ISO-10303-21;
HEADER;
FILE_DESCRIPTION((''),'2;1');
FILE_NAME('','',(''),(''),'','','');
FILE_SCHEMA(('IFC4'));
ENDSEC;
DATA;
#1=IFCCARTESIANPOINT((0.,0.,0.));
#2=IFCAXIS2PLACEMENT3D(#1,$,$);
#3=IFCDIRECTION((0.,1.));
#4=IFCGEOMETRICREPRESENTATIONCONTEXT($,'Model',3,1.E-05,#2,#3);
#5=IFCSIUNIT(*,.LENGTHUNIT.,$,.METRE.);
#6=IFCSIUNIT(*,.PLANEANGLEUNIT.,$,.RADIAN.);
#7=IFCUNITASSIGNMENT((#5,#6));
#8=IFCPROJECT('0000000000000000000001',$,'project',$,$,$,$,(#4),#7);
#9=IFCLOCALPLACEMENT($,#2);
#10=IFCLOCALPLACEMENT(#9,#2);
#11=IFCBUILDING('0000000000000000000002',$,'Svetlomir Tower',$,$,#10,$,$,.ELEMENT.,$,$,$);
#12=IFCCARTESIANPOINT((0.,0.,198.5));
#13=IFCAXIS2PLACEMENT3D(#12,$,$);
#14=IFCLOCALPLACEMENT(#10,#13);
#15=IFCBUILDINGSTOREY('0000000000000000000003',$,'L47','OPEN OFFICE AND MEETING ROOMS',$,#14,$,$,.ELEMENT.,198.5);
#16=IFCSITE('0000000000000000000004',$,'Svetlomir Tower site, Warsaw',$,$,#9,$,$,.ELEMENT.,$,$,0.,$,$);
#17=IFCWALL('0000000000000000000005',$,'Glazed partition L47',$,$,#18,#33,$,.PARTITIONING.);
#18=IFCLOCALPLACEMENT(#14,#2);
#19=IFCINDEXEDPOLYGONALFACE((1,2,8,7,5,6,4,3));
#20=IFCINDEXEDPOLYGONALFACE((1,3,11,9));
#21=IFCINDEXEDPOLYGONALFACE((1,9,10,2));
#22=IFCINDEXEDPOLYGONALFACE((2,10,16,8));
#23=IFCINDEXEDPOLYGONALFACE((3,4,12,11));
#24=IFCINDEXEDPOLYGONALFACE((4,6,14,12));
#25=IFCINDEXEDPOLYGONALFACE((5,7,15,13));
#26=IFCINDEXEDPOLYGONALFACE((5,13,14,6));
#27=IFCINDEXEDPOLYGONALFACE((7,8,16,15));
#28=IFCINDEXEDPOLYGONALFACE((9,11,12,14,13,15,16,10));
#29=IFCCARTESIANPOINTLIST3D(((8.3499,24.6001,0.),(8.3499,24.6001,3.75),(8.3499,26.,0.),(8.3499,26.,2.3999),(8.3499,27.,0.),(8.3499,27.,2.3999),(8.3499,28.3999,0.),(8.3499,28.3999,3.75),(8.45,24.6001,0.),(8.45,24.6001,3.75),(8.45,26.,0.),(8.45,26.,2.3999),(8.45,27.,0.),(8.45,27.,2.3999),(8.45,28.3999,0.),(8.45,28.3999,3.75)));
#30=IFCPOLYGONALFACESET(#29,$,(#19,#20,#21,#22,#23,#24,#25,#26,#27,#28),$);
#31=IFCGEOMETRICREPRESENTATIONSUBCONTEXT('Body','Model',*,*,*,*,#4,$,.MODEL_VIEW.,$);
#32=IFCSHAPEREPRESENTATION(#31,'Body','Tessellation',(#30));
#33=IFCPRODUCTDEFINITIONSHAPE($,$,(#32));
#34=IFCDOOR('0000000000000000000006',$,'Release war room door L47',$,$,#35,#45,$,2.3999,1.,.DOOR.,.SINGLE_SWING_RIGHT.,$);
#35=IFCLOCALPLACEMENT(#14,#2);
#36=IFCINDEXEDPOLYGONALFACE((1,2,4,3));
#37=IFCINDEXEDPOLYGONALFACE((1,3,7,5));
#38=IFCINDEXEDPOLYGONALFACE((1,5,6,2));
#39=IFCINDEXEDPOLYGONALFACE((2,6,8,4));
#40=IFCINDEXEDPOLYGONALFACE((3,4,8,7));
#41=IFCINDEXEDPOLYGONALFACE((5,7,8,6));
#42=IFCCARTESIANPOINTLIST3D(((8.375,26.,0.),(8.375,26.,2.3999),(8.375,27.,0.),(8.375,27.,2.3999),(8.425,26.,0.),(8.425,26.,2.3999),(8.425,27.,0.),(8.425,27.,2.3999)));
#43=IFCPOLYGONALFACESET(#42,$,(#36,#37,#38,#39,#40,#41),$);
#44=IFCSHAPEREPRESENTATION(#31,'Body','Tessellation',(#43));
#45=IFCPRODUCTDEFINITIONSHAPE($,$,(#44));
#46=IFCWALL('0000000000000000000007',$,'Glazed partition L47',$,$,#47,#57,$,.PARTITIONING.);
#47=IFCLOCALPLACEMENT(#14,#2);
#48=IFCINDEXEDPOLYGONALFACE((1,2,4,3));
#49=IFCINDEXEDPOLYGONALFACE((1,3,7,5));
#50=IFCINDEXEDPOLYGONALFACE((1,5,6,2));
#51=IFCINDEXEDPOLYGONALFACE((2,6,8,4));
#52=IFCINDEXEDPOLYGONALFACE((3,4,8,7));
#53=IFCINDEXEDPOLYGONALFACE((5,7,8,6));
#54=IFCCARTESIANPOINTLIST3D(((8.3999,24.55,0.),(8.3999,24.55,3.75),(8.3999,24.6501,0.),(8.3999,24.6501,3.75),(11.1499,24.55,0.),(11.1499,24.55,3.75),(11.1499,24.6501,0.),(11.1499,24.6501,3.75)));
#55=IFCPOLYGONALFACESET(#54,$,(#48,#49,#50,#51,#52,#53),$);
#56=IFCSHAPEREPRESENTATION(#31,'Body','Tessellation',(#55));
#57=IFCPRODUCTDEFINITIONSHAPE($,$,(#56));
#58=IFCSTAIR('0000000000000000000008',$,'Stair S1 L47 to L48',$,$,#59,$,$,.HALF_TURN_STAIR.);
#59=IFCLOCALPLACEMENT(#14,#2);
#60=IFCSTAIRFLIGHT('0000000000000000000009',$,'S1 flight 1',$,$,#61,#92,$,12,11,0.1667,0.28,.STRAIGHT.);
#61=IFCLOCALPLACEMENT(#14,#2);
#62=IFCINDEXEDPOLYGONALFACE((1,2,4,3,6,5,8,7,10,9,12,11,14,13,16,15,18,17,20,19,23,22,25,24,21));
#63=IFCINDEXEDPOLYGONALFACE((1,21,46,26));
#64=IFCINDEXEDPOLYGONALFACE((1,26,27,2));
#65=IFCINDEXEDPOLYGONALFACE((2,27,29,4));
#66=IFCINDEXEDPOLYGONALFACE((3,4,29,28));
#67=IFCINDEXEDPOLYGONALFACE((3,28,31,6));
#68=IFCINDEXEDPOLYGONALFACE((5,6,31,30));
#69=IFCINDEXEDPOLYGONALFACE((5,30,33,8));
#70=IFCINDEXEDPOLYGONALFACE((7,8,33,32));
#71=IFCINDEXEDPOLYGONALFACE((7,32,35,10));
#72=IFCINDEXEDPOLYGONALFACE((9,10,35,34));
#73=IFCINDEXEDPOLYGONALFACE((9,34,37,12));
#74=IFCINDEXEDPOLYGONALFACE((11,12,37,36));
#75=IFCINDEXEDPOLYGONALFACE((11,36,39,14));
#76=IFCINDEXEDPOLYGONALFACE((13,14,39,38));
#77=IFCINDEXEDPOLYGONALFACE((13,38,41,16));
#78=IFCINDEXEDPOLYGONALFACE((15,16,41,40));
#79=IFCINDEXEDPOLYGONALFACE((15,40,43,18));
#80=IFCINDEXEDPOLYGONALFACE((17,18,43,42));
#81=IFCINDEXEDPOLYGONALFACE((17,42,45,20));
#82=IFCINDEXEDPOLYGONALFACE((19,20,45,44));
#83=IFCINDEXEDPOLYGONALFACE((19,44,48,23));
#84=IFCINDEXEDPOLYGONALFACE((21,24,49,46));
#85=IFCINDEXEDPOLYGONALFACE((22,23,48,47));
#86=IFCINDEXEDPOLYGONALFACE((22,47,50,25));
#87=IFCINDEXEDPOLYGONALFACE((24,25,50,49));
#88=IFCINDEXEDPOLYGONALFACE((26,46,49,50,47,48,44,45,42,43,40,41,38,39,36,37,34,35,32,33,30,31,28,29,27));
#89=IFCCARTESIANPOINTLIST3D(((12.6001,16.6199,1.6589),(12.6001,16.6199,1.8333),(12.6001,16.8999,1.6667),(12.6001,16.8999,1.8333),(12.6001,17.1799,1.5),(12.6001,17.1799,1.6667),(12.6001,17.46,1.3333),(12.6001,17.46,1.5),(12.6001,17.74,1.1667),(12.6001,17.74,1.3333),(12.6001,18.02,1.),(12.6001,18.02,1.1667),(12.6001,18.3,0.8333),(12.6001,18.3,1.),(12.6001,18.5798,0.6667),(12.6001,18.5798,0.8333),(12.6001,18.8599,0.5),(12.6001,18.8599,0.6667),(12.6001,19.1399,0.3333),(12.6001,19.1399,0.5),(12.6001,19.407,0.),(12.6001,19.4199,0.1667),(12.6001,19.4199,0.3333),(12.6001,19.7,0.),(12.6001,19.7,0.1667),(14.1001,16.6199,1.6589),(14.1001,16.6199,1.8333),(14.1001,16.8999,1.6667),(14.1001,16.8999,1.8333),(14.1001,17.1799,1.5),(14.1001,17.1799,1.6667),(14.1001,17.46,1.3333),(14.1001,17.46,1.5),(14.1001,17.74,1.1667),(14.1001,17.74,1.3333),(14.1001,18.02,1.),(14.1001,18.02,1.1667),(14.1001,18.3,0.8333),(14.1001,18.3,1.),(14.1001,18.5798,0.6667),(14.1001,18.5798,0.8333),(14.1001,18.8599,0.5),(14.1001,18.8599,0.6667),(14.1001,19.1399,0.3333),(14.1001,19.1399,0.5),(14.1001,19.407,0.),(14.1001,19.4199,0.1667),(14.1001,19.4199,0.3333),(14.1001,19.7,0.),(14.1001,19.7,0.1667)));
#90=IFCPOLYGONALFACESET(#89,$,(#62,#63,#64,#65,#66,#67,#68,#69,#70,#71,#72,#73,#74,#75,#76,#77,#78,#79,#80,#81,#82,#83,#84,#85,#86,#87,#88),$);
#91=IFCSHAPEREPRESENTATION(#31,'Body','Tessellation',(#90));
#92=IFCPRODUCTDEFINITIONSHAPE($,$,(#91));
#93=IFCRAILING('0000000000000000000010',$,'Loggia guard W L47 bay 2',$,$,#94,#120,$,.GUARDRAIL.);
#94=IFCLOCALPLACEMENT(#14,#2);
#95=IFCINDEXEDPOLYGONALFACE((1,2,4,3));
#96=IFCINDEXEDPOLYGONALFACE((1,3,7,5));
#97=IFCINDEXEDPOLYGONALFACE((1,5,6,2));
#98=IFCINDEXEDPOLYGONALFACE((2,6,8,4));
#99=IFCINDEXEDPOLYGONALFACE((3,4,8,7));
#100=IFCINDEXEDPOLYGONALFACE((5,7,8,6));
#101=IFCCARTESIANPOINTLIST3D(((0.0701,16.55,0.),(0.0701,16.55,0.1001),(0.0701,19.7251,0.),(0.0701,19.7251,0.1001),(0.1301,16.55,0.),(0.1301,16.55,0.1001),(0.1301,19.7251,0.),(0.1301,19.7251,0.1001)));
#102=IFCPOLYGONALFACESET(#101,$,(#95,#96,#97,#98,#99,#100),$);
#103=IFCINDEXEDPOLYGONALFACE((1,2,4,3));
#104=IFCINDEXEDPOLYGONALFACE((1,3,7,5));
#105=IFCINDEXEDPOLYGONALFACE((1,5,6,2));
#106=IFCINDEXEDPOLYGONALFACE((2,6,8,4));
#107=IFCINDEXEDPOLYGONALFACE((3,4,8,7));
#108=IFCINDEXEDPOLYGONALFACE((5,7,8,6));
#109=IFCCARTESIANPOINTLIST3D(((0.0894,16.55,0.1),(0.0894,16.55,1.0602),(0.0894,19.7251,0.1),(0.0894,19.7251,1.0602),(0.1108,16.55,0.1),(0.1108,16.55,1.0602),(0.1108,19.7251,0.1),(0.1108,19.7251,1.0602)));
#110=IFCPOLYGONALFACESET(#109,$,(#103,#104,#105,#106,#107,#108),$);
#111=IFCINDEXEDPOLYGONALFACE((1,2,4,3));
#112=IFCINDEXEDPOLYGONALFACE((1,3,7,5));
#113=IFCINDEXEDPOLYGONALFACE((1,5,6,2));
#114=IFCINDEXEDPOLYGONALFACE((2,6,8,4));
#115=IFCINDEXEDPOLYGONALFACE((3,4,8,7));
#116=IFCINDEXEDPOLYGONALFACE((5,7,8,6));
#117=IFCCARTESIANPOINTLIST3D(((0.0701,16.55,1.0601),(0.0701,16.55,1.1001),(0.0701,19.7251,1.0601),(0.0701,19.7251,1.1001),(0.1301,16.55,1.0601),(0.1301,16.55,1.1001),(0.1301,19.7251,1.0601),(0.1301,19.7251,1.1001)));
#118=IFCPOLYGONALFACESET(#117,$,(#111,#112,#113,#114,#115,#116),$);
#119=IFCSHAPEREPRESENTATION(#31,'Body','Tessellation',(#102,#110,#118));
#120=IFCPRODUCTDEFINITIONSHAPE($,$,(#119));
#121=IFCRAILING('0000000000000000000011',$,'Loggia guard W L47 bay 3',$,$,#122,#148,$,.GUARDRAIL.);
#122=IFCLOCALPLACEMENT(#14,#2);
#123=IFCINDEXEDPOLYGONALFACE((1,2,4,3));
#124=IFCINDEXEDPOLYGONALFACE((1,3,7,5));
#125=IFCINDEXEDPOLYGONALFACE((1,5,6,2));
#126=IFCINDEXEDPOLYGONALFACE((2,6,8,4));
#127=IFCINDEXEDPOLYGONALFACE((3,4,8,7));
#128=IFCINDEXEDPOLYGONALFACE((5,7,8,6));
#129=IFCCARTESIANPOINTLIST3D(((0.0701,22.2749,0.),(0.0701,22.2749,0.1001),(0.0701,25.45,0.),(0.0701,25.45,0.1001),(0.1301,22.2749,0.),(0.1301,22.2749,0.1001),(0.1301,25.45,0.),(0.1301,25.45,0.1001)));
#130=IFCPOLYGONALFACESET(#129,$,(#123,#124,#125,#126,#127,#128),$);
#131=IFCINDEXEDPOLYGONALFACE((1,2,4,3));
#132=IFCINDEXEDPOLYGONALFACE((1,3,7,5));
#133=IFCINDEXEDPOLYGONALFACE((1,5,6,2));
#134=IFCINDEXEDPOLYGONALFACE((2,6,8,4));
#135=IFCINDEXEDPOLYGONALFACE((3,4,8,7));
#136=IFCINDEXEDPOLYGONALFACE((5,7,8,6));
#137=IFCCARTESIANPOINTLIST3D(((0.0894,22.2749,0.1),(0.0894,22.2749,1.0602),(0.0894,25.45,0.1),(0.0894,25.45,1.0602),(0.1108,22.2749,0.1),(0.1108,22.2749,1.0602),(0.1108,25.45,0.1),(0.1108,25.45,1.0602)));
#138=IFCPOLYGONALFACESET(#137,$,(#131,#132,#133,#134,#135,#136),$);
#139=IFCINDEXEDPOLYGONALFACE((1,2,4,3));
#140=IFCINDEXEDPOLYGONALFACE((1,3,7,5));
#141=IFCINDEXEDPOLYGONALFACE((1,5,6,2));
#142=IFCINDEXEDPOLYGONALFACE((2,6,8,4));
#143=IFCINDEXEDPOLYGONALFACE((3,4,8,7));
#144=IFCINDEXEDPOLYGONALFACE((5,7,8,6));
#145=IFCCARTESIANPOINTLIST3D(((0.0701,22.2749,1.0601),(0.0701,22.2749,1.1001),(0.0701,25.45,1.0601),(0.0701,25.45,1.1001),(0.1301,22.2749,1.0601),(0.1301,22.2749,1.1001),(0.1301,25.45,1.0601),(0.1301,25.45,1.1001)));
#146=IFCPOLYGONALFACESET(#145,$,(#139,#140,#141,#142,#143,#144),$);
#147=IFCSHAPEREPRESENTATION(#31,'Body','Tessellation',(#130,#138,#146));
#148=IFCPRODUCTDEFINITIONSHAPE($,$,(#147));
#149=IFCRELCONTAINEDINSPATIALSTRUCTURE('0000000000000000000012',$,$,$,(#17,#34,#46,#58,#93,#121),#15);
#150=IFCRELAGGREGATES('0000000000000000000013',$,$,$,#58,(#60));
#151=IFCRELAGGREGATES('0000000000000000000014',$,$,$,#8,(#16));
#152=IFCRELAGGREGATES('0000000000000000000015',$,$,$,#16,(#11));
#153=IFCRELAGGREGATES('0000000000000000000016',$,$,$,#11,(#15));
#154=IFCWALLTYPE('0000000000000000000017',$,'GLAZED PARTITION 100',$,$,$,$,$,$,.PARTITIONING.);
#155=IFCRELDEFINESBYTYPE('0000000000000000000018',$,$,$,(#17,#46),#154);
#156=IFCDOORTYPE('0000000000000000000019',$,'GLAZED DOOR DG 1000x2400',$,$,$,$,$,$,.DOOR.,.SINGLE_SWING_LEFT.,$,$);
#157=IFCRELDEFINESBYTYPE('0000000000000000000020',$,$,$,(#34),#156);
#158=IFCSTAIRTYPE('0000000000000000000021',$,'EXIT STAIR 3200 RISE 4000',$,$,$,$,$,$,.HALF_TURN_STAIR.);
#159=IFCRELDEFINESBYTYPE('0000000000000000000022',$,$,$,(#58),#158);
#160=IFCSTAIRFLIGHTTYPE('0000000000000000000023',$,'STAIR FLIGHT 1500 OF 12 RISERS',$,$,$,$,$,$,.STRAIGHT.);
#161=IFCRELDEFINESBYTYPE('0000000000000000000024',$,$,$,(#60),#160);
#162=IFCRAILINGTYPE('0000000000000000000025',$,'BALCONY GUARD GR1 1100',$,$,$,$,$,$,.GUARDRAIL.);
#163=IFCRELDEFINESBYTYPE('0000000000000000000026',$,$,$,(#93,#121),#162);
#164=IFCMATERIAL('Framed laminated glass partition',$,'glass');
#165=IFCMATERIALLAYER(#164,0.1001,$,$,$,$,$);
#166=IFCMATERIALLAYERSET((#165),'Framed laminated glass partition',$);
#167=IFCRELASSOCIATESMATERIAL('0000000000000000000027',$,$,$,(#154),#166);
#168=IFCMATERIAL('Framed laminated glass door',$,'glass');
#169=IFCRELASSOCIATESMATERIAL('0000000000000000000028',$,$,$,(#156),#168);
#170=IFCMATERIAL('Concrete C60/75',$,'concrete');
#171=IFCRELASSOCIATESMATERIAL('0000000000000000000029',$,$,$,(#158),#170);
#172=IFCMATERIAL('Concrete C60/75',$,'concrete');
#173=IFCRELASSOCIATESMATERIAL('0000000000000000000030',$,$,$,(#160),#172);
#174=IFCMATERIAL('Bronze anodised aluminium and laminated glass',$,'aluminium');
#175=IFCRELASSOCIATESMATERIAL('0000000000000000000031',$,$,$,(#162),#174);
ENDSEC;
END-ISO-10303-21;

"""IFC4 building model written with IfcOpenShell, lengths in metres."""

from ifc_helpers import new_model, si_unit, direction, frame, frame_2d, origin, origin_2d, place, context, subcontext, project, spatial, polyline, rectangle, outline, extrude, material, layer, layer_set, type_object, element, fill, aggregate, save


model = new_model("IFC4")

# Units and contexts
model_context = context("Model", 3, precision=1e-05, world=origin(), true_north=direction((0.0, 1.0)))
body_context = subcontext(model_context, "Body", "Model", "MODEL_VIEW")
ifc_project = project(units=[si_unit("LENGTHUNIT", "METRE"), si_unit("PLANEANGLEUNIT", "RADIAN")], contexts=[model_context])

# Site, building, storey
site_placement = place(None, origin())
site = spatial("IfcSite", under=ifc_project, at=site_placement, Name="Svetlomir Tower site, Warsaw", CompositionType="ELEMENT", RefElevation=0.0)
building_placement = place(site_placement, origin())
building = spatial("IfcBuilding", under=site, at=building_placement, Name="Svetlomir Tower", CompositionType="ELEMENT")
storey_placement = place(building_placement, frame((0.0, 0.0, 198.5)))
storey = spatial("IfcBuildingStorey", under=building, at=storey_placement, Name="L47", Description="OPEN OFFICE AND MEETING ROOMS", CompositionType="ELEMENT", Elevation=198.5)

# Shared definitions
ifc_material_1 = material(Name="Framed laminated glass partition", Category="glass")
ifc_layer_1 = layer(ifc_material_1, 0.1001)
ifc_layer_set_1 = layer_set([ifc_layer_1], Name="Framed laminated glass partition")
wall_type_1 = type_object("IfcWallType", Name="GLAZED PARTITION 100", PredefinedType="PARTITIONING", material=ifc_layer_set_1)

# Shared definitions
ifc_material_2 = material(Name="Framed laminated glass door", Category="glass")
door_type_1 = type_object("IfcDoorType", Name="GLAZED DOOR DG 1000x2400", OperationType="SINGLE_SWING_LEFT", PredefinedType="DOOR", material=ifc_material_2)

# Wall, opening, door
wall_1_placement = place(storey_placement, frame((8.3999, 24.6001, 0.0), z_axis=(0.0, 0.0, 1.0), x_axis=(0.0, 1.0, 0.0)))
wall_1 = element("IfcWall", 1, at=wall_1_placement, inside=storey, type_object=wall_type_1, Name="Glazed partition L47", PredefinedType="PARTITIONING", context=body_context, shape_type="SweptSolid", body=[
    extrude(rectangle(XDim=3.7998, YDim=0.1001, at=frame_2d((1.8999, 0.0))), origin(), (0.0, 0.0, 1.0), 3.75),
])
opening_1_placement = place(wall_1_placement, frame((1.3999, 0.0, 0.0)))
opening_1 = element("IfcOpeningElement", 2, at=opening_1_placement, cuts=wall_1, PredefinedType="OPENING", context=body_context, shape_type="SweptSolid", body=[
    extrude(rectangle(XDim=1.0, YDim=2.3999, at=frame_2d((0.5, 1.2))), frame((0.0, 0.0601, 0.0), z_axis=(0.0, -1.0, 0.0), x_axis=(1.0, 0.0, 0.0)), (0.0, 0.0, 1.0), 0.1201),
])
door_1_placement = place(opening_1_placement, origin())
door_1 = element("IfcDoor", 3, at=door_1_placement, inside=storey, type_object=door_type_1, Name="Release war room door L47", OperationType="SINGLE_SWING_RIGHT", OverallHeight=2.3999, OverallWidth=1.0, PredefinedType="DOOR", context=body_context, shape_type="SweptSolid", body=[
    extrude(rectangle(XDim=1.0, YDim=2.3999, at=frame_2d((0.5, 1.2))), frame((0.0, 0.0249, 0.0), z_axis=(0.0, -1.0, 0.0), x_axis=(1.0, 0.0, 0.0)), (0.0, 0.0, 1.0), 0.05),
])
fill(opening_1, door_1)

# Wall
wall_2_placement = place(storey_placement, frame((8.3999, 24.6001, 0.0), z_axis=(0.0, 0.0, 1.0), x_axis=(1.0, 0.0, 0.0)))
element("IfcWall", 4, at=wall_2_placement, inside=storey, type_object=wall_type_1, Name="Glazed partition L47", PredefinedType="PARTITIONING", context=body_context, shape_type="SweptSolid", body=[
    extrude(rectangle(XDim=2.75, YDim=0.1001, at=frame_2d((1.375, 0.0))), origin(), (0.0, 0.0, 1.0), 3.75),
])

# Stair, stair flight
ifc_material_3 = material(Name="Concrete C60/75", Category="concrete")
stair_type = type_object("IfcStairType", Name="EXIT STAIR 3200 RISE 4000", PredefinedType="HALF_TURN_STAIR", material=ifc_material_3)
stair_placement = place(storey_placement, origin())
stair = element("IfcStair", 5, at=stair_placement, inside=storey, type_object=stair_type, Name="Stair S1 L47 to L48", PredefinedType="HALF_TURN_STAIR")
ifc_material_4 = material(Name="Concrete C60/75", Category="concrete")
stair_flight_type = type_object("IfcStairFlightType", Name="STAIR FLIGHT 1500 OF 12 RISERS", PredefinedType="STRAIGHT", material=ifc_material_4)
stair_flight_placement = place(storey_placement, frame((13.3501, 19.7, 0.0), z_axis=(0.0, 0.0, 1.0), x_axis=(0.0, -1.0, 0.0)))
stair_flight = element("IfcStairFlight", 6, at=stair_flight_placement, type_object=stair_flight_type, Name="S1 flight 1", NumberOfRisers=12, NumberOfTreads=11, PredefinedType="STRAIGHT", RiserHeight=0.1667, TreadLength=0.28, context=body_context, shape_type="SweptSolid", body=[
    extrude(outline(polyline([(0.0, 0.0), (0.0, 0.1667), (0.28, 0.1667), (0.28, 0.3333), (0.5601, 0.3333), (0.5601, 0.5), (0.8401, 0.5), (0.8401, 0.6667), (1.1201, 0.6667), (1.1201, 0.8333), (1.3999, 0.8333), (1.3999, 1.0), (1.6799, 1.0), (1.6799, 1.1667), (1.96, 1.1667), (1.96, 1.3333), (2.24, 1.3333), (2.24, 1.5), (2.52, 1.5), (2.52, 1.6667), (2.8, 1.6667), (2.8, 1.8333), (3.0801, 1.8333), (3.0801, 2.0), (3.0801, 1.6589), (0.293, 0.0), (0.0, 0.0)])), frame((0.0, 0.75, 0.0), z_axis=(0.0, -1.0, 0.0), x_axis=(1.0, 0.0, 0.0)), (0.0, 0.0, 1.0), 1.5),
])
aggregate(stair, [stair_flight])

# Railings
ifc_material_5 = material(Name="Bronze anodised aluminium and laminated glass", Category="aluminium")
railing_type_1 = type_object("IfcRailingType", Name="BALCONY GUARD GR1 1100", PredefinedType="GUARDRAIL", material=ifc_material_5)
for number, where, name in (
    (7, (0.1001, 16.55, 0.0), "Loggia guard W L47 bay 2"),
    (8, (0.1001, 22.2749, 0.0), "Loggia guard W L47 bay 3"),
):
    element("IfcRailing", number, at=place(storey_placement, frame(where)), inside=storey, type_object=railing_type_1, Name=name, PredefinedType="GUARDRAIL", context=body_context, shape_type="SweptSolid", body=[
        extrude(rectangle(XDim=0.0601, YDim=0.1001, at=origin_2d()), frame((0.0, 0.0, 0.05), z_axis=(0.0, 1.0, 0.0), x_axis=(-1.0, 0.0, 0.0)), (0.0, 0.0, 1.0), 3.175),
        extrude(rectangle(XDim=0.0215, YDim=0.9602, at=origin_2d()), frame((0.0, 0.0, 0.5801), z_axis=(0.0, 1.0, 0.0), x_axis=(-1.0, 0.0, 0.0)), (0.0, 0.0, 1.0), 3.175),
        extrude(rectangle(XDim=0.0601, YDim=0.04, at=origin_2d()), frame((0.0, 0.0, 1.0801), z_axis=(0.0, 1.0, 0.0), x_axis=(-1.0, 0.0, 0.0)), (0.0, 0.0, 1.0), 3.175),
    ])

save(model, "model.ifc")
